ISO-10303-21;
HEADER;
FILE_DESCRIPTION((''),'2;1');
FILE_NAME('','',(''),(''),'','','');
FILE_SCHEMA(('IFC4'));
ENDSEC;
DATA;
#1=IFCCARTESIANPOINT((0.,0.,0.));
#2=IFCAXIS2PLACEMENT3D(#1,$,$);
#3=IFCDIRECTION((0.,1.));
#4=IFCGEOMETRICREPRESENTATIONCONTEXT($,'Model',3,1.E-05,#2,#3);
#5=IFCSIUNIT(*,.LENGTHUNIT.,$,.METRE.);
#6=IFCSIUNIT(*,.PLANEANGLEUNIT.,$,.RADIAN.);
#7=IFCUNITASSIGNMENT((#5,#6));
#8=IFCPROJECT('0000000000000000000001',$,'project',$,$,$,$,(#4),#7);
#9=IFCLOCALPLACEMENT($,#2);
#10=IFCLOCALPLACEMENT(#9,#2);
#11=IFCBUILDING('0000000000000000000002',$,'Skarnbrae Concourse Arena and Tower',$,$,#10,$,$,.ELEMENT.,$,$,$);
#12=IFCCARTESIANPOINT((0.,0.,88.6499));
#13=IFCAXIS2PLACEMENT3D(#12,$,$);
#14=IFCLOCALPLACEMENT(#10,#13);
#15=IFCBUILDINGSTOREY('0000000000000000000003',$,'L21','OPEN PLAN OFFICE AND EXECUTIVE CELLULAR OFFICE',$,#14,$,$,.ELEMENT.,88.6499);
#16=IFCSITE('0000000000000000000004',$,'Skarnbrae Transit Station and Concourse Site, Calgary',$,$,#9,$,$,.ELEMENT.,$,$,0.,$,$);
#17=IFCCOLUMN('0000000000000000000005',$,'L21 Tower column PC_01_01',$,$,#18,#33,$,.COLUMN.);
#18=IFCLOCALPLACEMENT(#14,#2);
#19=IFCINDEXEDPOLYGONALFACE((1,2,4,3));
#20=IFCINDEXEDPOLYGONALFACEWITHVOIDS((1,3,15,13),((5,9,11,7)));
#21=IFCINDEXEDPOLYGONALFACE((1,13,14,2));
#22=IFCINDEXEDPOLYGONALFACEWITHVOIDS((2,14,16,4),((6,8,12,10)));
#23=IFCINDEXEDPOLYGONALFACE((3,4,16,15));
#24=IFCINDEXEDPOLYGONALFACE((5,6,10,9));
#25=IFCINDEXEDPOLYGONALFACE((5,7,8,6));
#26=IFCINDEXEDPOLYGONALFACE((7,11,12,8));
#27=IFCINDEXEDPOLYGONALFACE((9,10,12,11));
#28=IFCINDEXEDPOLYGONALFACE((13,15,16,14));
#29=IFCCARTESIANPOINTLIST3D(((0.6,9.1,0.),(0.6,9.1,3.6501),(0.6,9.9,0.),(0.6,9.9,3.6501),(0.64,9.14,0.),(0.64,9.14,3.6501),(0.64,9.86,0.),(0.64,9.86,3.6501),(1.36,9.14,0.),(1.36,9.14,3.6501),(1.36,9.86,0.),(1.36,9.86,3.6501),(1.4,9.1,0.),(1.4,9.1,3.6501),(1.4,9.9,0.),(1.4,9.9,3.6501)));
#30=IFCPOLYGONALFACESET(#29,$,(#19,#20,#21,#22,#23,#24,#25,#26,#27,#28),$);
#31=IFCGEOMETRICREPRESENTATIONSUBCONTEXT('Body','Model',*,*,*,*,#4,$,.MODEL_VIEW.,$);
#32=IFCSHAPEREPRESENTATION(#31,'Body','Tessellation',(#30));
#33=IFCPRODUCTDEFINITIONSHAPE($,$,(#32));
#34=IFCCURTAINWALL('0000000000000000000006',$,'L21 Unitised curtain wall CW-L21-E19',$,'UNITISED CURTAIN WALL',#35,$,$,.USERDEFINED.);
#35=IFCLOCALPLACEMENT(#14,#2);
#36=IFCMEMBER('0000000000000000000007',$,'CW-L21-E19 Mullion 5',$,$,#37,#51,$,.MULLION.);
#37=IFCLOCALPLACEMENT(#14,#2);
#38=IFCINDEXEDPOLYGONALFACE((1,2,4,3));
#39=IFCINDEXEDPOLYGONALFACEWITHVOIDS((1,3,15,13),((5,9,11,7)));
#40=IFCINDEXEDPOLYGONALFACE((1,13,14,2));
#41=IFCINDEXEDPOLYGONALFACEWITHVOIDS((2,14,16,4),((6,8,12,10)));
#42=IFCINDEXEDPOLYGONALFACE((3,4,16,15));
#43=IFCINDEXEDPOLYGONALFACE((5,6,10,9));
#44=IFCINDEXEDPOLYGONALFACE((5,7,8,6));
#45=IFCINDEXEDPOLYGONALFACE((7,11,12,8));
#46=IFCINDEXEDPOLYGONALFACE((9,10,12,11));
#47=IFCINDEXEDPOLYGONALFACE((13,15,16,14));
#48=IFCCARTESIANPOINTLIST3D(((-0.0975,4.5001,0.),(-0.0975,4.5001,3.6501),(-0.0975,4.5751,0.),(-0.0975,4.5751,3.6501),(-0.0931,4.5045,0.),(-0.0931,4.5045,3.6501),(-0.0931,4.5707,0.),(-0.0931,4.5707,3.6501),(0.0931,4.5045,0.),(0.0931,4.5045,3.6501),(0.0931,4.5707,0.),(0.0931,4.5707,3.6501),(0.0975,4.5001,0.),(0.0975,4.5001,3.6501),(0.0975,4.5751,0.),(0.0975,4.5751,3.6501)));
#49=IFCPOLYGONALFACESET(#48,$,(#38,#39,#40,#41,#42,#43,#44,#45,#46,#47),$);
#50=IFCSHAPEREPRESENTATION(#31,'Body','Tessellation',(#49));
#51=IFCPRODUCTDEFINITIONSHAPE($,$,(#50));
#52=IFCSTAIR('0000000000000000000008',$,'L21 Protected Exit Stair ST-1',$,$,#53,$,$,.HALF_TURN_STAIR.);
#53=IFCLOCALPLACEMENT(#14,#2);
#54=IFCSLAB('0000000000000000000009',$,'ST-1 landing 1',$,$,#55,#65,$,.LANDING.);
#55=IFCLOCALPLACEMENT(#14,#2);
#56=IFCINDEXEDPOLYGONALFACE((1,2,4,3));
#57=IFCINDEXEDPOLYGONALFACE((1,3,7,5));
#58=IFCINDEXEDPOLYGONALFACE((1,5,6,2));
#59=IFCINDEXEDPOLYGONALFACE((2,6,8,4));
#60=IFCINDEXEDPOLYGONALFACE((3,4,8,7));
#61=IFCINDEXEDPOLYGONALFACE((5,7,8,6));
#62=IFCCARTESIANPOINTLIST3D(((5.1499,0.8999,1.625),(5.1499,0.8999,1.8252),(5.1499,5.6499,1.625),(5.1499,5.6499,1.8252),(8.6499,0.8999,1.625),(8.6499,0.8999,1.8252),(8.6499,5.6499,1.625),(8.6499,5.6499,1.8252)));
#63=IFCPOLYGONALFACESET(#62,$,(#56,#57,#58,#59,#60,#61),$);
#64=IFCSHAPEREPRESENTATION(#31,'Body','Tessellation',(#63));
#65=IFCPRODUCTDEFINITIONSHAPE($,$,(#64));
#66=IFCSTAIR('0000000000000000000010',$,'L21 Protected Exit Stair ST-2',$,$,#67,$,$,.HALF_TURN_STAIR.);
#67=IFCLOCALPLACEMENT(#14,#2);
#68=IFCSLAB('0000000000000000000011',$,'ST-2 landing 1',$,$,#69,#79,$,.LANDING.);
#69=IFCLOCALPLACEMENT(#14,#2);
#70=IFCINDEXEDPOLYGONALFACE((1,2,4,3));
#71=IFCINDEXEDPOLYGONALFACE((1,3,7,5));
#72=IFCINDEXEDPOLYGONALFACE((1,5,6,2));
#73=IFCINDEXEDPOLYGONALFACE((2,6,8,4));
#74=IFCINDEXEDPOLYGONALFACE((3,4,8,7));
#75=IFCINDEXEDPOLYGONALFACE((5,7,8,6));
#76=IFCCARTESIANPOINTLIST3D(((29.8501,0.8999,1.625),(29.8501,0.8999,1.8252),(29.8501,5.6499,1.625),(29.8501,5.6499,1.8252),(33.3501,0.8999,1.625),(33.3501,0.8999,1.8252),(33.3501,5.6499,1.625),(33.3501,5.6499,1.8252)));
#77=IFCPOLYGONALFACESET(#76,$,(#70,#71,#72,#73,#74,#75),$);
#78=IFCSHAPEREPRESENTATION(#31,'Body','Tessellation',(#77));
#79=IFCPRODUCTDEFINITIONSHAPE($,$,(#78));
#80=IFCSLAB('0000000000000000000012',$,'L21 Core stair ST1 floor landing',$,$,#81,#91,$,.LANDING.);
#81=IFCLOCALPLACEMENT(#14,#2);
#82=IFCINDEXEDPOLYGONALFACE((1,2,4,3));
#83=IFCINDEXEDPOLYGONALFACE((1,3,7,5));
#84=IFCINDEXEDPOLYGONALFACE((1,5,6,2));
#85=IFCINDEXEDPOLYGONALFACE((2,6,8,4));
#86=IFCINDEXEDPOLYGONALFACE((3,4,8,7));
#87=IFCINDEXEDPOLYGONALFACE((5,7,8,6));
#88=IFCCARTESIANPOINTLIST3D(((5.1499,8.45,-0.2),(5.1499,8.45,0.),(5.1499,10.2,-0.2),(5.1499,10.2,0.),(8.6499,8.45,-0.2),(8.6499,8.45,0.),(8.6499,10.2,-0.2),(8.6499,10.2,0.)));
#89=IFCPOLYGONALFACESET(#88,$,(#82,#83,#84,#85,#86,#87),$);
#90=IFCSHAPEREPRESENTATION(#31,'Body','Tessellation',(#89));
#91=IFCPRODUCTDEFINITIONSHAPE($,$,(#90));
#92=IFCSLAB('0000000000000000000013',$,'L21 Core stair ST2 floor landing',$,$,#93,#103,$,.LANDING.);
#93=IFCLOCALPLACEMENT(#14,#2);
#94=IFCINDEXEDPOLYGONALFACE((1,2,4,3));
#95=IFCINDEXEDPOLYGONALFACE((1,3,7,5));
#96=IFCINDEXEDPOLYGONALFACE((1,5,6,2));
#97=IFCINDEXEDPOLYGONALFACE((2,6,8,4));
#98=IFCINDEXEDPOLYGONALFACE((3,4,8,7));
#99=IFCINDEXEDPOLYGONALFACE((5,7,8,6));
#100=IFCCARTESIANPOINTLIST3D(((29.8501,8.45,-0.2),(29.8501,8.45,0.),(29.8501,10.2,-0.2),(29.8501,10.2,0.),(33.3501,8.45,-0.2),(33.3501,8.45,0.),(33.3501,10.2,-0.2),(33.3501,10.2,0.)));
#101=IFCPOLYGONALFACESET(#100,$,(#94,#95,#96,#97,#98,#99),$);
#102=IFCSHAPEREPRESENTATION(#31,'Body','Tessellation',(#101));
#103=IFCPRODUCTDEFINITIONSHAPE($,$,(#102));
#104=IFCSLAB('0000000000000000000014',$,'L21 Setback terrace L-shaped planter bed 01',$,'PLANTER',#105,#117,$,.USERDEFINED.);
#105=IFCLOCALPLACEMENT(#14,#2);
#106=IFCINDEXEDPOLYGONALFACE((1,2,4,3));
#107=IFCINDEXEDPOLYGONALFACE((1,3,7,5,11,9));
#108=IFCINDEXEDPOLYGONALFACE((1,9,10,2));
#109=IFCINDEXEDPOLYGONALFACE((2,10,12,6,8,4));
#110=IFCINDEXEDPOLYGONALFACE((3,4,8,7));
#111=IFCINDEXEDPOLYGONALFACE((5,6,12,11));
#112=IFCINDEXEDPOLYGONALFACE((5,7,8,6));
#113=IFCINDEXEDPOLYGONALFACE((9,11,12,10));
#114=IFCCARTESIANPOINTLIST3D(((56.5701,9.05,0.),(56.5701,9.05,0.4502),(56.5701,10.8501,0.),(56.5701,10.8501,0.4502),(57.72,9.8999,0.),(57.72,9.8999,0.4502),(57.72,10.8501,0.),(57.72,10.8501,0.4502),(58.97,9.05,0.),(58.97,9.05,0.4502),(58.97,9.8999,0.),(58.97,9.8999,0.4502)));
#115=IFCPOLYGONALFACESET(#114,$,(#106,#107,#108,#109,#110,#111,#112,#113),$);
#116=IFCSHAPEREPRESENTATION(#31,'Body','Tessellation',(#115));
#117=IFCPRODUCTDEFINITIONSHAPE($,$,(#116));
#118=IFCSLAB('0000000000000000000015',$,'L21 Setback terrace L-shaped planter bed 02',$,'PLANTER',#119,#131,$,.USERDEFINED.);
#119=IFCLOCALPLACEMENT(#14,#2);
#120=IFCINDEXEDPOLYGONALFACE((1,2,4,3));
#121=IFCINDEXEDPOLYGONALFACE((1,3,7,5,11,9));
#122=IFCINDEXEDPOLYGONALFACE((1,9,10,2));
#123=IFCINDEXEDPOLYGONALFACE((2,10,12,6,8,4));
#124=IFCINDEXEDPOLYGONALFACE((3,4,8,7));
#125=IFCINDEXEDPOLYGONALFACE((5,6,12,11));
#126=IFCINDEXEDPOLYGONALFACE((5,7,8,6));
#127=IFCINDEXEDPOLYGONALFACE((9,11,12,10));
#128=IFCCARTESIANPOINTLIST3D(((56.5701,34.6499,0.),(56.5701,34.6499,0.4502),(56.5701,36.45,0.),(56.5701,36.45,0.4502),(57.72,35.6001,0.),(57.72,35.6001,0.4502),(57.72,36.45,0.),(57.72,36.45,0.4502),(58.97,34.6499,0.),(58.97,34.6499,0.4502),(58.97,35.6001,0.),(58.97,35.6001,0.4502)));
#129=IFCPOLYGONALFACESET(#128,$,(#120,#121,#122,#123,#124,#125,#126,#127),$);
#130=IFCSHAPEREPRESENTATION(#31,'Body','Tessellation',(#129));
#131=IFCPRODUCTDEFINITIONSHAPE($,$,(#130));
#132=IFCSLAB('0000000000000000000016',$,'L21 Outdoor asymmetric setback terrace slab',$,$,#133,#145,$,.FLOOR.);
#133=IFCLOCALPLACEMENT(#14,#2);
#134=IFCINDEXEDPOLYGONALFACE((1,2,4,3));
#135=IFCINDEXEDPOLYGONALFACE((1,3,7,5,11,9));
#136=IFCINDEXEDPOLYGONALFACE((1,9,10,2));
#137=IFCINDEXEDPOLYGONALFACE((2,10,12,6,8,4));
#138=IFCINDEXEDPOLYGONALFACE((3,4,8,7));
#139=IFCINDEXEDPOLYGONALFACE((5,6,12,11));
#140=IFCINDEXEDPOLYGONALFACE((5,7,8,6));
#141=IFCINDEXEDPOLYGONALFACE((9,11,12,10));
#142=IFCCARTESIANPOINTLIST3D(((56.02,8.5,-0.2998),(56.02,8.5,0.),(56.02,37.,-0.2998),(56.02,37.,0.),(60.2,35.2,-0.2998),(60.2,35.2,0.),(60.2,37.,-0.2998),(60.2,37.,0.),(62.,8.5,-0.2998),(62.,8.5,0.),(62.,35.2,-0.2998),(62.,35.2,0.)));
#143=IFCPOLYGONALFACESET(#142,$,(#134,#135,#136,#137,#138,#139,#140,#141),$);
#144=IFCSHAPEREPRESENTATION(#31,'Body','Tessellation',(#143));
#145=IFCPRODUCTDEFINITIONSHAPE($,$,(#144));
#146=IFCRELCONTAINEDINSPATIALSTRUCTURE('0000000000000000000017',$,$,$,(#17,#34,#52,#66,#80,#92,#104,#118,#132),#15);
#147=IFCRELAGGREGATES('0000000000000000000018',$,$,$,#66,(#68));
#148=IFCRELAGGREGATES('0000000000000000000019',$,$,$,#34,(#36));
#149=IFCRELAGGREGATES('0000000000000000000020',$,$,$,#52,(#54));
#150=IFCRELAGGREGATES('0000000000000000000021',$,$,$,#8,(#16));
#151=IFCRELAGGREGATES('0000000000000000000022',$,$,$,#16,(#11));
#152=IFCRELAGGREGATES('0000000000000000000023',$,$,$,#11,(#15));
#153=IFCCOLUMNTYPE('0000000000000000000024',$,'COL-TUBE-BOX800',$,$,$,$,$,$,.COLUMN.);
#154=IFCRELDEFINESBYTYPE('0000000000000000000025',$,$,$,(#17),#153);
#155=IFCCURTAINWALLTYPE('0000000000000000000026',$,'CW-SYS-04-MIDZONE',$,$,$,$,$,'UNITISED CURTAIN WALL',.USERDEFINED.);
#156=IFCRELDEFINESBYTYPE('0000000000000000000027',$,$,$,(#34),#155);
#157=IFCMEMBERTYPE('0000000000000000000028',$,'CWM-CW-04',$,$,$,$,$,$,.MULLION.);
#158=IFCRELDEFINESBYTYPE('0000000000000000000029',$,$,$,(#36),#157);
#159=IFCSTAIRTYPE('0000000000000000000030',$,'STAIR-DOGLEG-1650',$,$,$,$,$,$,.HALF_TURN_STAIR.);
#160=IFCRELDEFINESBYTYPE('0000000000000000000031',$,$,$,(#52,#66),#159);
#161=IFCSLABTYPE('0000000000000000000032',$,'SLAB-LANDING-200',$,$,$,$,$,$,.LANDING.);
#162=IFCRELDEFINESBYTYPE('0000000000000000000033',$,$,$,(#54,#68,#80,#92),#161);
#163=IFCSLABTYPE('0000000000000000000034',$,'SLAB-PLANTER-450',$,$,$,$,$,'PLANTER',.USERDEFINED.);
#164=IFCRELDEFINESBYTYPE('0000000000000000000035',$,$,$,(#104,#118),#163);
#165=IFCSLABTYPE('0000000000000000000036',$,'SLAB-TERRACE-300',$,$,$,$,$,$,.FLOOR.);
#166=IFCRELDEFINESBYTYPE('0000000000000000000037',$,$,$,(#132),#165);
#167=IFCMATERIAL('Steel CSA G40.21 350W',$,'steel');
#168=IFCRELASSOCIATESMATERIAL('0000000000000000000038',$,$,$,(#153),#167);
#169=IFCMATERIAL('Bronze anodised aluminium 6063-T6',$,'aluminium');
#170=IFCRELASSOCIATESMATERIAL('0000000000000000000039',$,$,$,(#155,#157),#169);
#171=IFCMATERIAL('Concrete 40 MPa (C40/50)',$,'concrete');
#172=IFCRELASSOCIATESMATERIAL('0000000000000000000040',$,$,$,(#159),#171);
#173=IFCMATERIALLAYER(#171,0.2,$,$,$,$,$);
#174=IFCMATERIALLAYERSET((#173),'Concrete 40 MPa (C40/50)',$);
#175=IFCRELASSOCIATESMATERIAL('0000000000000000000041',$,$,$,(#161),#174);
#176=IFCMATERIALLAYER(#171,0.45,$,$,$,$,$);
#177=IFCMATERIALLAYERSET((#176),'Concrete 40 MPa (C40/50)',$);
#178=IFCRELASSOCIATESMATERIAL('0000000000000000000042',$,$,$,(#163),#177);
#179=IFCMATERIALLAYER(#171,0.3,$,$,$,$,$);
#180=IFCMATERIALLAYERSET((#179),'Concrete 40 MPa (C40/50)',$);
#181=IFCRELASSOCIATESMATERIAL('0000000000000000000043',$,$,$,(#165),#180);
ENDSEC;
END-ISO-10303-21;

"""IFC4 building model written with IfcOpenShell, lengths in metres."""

from ifc_helpers import new_model, si_unit, direction, frame, origin, origin_2d, place, context, subcontext, project, spatial, polyline, hollow_rectangle, outline, extrude, source, transform, mapped, material, layer, layer_set, material_profile, profile_set, type_object, element, aggregate, save


model = new_model("IFC4")

# Units and contexts
model_context = context("Model", 3, precision=1e-05, world=origin(), true_north=direction((0.0, 1.0)))
body_context = subcontext(model_context, "Body", "Model", "MODEL_VIEW")
ifc_project = project(units=[si_unit("LENGTHUNIT", "METRE"), si_unit("PLANEANGLEUNIT", "RADIAN")], contexts=[model_context])

# Site, building, storey
site_placement = place(None, origin())
site = spatial("IfcSite", under=ifc_project, at=site_placement, Name="Skarnbrae Transit Station and Concourse Site, Calgary", CompositionType="ELEMENT", RefElevation=0.0)
building_placement = place(site_placement, origin())
building = spatial("IfcBuilding", under=site, at=building_placement, Name="Skarnbrae Concourse Arena and Tower", CompositionType="ELEMENT")
storey_placement = place(building_placement, frame((0.0, 0.0, 88.6499)))
storey = spatial("IfcBuildingStorey", under=building, at=storey_placement, Name="L21", Description="OPEN PLAN OFFICE AND EXECUTIVE CELLULAR OFFICE", CompositionType="ELEMENT", Elevation=88.6499)

# Column
ifc_material_1 = material(Name="Steel CSA G40.21 350W", Category="steel")
ifc_material_profile_1 = material_profile(ifc_material_1, hollow_rectangle(XDim=0.8, YDim=0.8, WallThickness=0.04, at=origin_2d()), Name="BOX800X800X40")
ifc_profile_set_1 = profile_set([ifc_material_profile_1], Name="Steel CSA G40.21 350W")
column_type = type_object("IfcColumnType", Name="COL-TUBE-BOX800", PredefinedType="COLUMN", material=ifc_profile_set_1)
shared_shape_1 = source(origin(), body_context, "Body", "SweptSolid", [
    extrude(hollow_rectangle(XDim=0.8, YDim=0.8, WallThickness=0.04, at=origin_2d()), origin(), (0.0, 0.0, 1.0), 3.6501),
])
column_placement = place(storey_placement, frame((1.0, 9.5, 0.0), z_axis=(0.0, 0.0, 1.0), x_axis=(1.0, 0.0, 0.0)))
element("IfcColumn", 1, at=column_placement, inside=storey, type_object=column_type, Name="L21 Tower column PC_01_01", PredefinedType="COLUMN", context=body_context, shape_type="MappedRepresentation", body=[
    mapped(shared_shape_1, transform((0.0, 0.0, 0.0))),
])

# Curtain wall, member
ifc_material_2 = material(Name="Bronze anodised aluminium 6063-T6", Category="aluminium")
curtain_wall_type = type_object("IfcCurtainWallType", Name="CW-SYS-04-MIDZONE", ElementType="UNITISED CURTAIN WALL", PredefinedType="USERDEFINED", material=ifc_material_2)
curtain_wall_placement = place(storey_placement, origin())
curtain_wall = element("IfcCurtainWall", 2, at=curtain_wall_placement, inside=storey, type_object=curtain_wall_type, Name="L21 Unitised curtain wall CW-L21-E19", ObjectType="UNITISED CURTAIN WALL", PredefinedType="USERDEFINED")
ifc_material_profile_2 = material_profile(ifc_material_2, hollow_rectangle(XDim=0.075, YDim=0.1951, WallThickness=0.0044, at=origin_2d()), Name="ALU-MULL-75X195")
ifc_profile_set_2 = profile_set([ifc_material_profile_2], Name="Bronze anodised aluminium 6063-T6")
member_type = type_object("IfcMemberType", Name="CWM-CW-04", PredefinedType="MULLION", material=ifc_profile_set_2)
shared_shape_2 = source(origin(), body_context, "Body", "SweptSolid", [
    extrude(hollow_rectangle(XDim=0.075, YDim=0.1951, WallThickness=0.0044, at=origin_2d()), origin(), (0.0, 0.0, 1.0), 3.6501),
])
member_placement = place(storey_placement, frame((0.0, 4.5376, 0.0), z_axis=(0.0, 0.0, 1.0), x_axis=(0.0, -1.0, 0.0)))
member = element("IfcMember", 3, at=member_placement, type_object=member_type, Name="CW-L21-E19 Mullion 5", PredefinedType="MULLION", context=body_context, shape_type="MappedRepresentation", body=[
    mapped(shared_shape_2, transform((0.0, 0.0, 0.0))),
])

# Stairs, slabs
ifc_material_3 = material(Name="Concrete 40 MPa (C40/50)", Category="concrete")
stair_type = type_object("IfcStairType", Name="STAIR-DOGLEG-1650", PredefinedType="HALF_TURN_STAIR", material=ifc_material_3)
stair_1_placement = place(storey_placement, origin())
stair_1 = element("IfcStair", 4, at=stair_1_placement, inside=storey, type_object=stair_type, Name="L21 Protected Exit Stair ST-1", PredefinedType="HALF_TURN_STAIR")
ifc_layer_1 = layer(ifc_material_3, 0.2)
ifc_layer_set_1 = layer_set([ifc_layer_1], Name="Concrete 40 MPa (C40/50)")
slab_type_1 = type_object("IfcSlabType", Name="SLAB-LANDING-200", PredefinedType="LANDING", material=ifc_layer_set_1)
slab_1_placement = place(storey_placement, frame((0.0, 0.0, 1.625)))
slab_1 = element("IfcSlab", 5, at=slab_1_placement, type_object=slab_type_1, Name="ST-1 landing 1", PredefinedType="LANDING", context=body_context, shape_type="SweptSolid", body=[
    extrude(outline(polyline([(5.1499, 5.6499), (5.1499, 0.8999), (8.6499, 0.8999), (8.6499, 5.6499), (5.1499, 5.6499)])), origin(), (0.0, 0.0, 1.0), 0.2002),
])
stair_2_placement = place(storey_placement, origin())
stair_2 = element("IfcStair", 6, at=stair_2_placement, inside=storey, type_object=stair_type, Name="L21 Protected Exit Stair ST-2", PredefinedType="HALF_TURN_STAIR")
slab_2_placement = place(storey_placement, frame((0.0, 0.0, 1.625)))
slab_2 = element("IfcSlab", 7, at=slab_2_placement, type_object=slab_type_1, Name="ST-2 landing 1", PredefinedType="LANDING", context=body_context, shape_type="SweptSolid", body=[
    extrude(outline(polyline([(29.8501, 5.6499), (29.8501, 0.8999), (33.3501, 0.8999), (33.3501, 5.6499), (29.8501, 5.6499)])), origin(), (0.0, 0.0, 1.0), 0.2002),
])
aggregate(stair_2, [slab_2])

# Slabs
slab_3_placement = place(storey_placement, frame((0.0, 0.0, -0.2)))
element("IfcSlab", 8, at=slab_3_placement, inside=storey, type_object=slab_type_1, Name="L21 Core stair ST1 floor landing", PredefinedType="LANDING", context=body_context, shape_type="SweptSolid", body=[
    extrude(outline(polyline([(5.1499, 10.2), (5.1499, 8.45), (8.6499, 8.45), (8.6499, 10.2), (5.1499, 10.2)])), origin(), (0.0, 0.0, 1.0), 0.2),
])
slab_4_placement = place(storey_placement, frame((0.0, 0.0, -0.2)))
element("IfcSlab", 9, at=slab_4_placement, inside=storey, type_object=slab_type_1, Name="L21 Core stair ST2 floor landing", PredefinedType="LANDING", context=body_context, shape_type="SweptSolid", body=[
    extrude(outline(polyline([(29.8501, 10.2), (29.8501, 8.45), (33.3501, 8.45), (33.3501, 10.2), (29.8501, 10.2)])), origin(), (0.0, 0.0, 1.0), 0.2),
])
ifc_layer_2 = layer(ifc_material_3, 0.45)
ifc_layer_set_2 = layer_set([ifc_layer_2], Name="Concrete 40 MPa (C40/50)")
slab_type_2 = type_object("IfcSlabType", Name="SLAB-PLANTER-450", ElementType="PLANTER", PredefinedType="USERDEFINED", material=ifc_layer_set_2)
slab_5_placement = place(storey_placement, origin())
element("IfcSlab", 10, at=slab_5_placement, inside=storey, type_object=slab_type_2, Name="L21 Setback terrace L-shaped planter bed 01", ObjectType="PLANTER", PredefinedType="USERDEFINED", context=body_context, shape_type="SweptSolid", body=[
    extrude(outline(polyline([(56.5701, 9.05), (58.97, 9.05), (58.97, 9.8999), (57.72, 9.8999), (57.72, 10.8501), (56.5701, 10.8501), (56.5701, 9.05)])), origin(), (0.0, 0.0, 1.0), 0.4502),
])
slab_6_placement = place(storey_placement, origin())
element("IfcSlab", 11, at=slab_6_placement, inside=storey, type_object=slab_type_2, Name="L21 Setback terrace L-shaped planter bed 02", ObjectType="PLANTER", PredefinedType="USERDEFINED", context=body_context, shape_type="SweptSolid", body=[
    extrude(outline(polyline([(56.5701, 34.6499), (58.97, 34.6499), (58.97, 35.6001), (57.72, 35.6001), (57.72, 36.45), (56.5701, 36.45), (56.5701, 34.6499)])), origin(), (0.0, 0.0, 1.0), 0.4502),
])
ifc_layer_3 = layer(ifc_material_3, 0.3)
ifc_layer_set_3 = layer_set([ifc_layer_3], Name="Concrete 40 MPa (C40/50)")
slab_type_3 = type_object("IfcSlabType", Name="SLAB-TERRACE-300", PredefinedType="FLOOR", material=ifc_layer_set_3)
slab_7_placement = place(storey_placement, frame((0.0, 0.0, -0.2998)))
element("IfcSlab", 12, at=slab_7_placement, inside=storey, type_object=slab_type_3, Name="L21 Outdoor asymmetric setback terrace slab", PredefinedType="FLOOR", context=body_context, shape_type="SweptSolid", body=[
    extrude(outline(polyline([(56.02, 8.5), (62.0, 8.5), (62.0, 35.2), (60.2, 35.2), (60.2, 37.0), (56.02, 37.0), (56.02, 8.5)])), origin(), (0.0, 0.0, 1.0), 0.2998),
])

aggregate(curtain_wall, [member])

aggregate(stair_1, [slab_1])

save(model, "model.ifc")
